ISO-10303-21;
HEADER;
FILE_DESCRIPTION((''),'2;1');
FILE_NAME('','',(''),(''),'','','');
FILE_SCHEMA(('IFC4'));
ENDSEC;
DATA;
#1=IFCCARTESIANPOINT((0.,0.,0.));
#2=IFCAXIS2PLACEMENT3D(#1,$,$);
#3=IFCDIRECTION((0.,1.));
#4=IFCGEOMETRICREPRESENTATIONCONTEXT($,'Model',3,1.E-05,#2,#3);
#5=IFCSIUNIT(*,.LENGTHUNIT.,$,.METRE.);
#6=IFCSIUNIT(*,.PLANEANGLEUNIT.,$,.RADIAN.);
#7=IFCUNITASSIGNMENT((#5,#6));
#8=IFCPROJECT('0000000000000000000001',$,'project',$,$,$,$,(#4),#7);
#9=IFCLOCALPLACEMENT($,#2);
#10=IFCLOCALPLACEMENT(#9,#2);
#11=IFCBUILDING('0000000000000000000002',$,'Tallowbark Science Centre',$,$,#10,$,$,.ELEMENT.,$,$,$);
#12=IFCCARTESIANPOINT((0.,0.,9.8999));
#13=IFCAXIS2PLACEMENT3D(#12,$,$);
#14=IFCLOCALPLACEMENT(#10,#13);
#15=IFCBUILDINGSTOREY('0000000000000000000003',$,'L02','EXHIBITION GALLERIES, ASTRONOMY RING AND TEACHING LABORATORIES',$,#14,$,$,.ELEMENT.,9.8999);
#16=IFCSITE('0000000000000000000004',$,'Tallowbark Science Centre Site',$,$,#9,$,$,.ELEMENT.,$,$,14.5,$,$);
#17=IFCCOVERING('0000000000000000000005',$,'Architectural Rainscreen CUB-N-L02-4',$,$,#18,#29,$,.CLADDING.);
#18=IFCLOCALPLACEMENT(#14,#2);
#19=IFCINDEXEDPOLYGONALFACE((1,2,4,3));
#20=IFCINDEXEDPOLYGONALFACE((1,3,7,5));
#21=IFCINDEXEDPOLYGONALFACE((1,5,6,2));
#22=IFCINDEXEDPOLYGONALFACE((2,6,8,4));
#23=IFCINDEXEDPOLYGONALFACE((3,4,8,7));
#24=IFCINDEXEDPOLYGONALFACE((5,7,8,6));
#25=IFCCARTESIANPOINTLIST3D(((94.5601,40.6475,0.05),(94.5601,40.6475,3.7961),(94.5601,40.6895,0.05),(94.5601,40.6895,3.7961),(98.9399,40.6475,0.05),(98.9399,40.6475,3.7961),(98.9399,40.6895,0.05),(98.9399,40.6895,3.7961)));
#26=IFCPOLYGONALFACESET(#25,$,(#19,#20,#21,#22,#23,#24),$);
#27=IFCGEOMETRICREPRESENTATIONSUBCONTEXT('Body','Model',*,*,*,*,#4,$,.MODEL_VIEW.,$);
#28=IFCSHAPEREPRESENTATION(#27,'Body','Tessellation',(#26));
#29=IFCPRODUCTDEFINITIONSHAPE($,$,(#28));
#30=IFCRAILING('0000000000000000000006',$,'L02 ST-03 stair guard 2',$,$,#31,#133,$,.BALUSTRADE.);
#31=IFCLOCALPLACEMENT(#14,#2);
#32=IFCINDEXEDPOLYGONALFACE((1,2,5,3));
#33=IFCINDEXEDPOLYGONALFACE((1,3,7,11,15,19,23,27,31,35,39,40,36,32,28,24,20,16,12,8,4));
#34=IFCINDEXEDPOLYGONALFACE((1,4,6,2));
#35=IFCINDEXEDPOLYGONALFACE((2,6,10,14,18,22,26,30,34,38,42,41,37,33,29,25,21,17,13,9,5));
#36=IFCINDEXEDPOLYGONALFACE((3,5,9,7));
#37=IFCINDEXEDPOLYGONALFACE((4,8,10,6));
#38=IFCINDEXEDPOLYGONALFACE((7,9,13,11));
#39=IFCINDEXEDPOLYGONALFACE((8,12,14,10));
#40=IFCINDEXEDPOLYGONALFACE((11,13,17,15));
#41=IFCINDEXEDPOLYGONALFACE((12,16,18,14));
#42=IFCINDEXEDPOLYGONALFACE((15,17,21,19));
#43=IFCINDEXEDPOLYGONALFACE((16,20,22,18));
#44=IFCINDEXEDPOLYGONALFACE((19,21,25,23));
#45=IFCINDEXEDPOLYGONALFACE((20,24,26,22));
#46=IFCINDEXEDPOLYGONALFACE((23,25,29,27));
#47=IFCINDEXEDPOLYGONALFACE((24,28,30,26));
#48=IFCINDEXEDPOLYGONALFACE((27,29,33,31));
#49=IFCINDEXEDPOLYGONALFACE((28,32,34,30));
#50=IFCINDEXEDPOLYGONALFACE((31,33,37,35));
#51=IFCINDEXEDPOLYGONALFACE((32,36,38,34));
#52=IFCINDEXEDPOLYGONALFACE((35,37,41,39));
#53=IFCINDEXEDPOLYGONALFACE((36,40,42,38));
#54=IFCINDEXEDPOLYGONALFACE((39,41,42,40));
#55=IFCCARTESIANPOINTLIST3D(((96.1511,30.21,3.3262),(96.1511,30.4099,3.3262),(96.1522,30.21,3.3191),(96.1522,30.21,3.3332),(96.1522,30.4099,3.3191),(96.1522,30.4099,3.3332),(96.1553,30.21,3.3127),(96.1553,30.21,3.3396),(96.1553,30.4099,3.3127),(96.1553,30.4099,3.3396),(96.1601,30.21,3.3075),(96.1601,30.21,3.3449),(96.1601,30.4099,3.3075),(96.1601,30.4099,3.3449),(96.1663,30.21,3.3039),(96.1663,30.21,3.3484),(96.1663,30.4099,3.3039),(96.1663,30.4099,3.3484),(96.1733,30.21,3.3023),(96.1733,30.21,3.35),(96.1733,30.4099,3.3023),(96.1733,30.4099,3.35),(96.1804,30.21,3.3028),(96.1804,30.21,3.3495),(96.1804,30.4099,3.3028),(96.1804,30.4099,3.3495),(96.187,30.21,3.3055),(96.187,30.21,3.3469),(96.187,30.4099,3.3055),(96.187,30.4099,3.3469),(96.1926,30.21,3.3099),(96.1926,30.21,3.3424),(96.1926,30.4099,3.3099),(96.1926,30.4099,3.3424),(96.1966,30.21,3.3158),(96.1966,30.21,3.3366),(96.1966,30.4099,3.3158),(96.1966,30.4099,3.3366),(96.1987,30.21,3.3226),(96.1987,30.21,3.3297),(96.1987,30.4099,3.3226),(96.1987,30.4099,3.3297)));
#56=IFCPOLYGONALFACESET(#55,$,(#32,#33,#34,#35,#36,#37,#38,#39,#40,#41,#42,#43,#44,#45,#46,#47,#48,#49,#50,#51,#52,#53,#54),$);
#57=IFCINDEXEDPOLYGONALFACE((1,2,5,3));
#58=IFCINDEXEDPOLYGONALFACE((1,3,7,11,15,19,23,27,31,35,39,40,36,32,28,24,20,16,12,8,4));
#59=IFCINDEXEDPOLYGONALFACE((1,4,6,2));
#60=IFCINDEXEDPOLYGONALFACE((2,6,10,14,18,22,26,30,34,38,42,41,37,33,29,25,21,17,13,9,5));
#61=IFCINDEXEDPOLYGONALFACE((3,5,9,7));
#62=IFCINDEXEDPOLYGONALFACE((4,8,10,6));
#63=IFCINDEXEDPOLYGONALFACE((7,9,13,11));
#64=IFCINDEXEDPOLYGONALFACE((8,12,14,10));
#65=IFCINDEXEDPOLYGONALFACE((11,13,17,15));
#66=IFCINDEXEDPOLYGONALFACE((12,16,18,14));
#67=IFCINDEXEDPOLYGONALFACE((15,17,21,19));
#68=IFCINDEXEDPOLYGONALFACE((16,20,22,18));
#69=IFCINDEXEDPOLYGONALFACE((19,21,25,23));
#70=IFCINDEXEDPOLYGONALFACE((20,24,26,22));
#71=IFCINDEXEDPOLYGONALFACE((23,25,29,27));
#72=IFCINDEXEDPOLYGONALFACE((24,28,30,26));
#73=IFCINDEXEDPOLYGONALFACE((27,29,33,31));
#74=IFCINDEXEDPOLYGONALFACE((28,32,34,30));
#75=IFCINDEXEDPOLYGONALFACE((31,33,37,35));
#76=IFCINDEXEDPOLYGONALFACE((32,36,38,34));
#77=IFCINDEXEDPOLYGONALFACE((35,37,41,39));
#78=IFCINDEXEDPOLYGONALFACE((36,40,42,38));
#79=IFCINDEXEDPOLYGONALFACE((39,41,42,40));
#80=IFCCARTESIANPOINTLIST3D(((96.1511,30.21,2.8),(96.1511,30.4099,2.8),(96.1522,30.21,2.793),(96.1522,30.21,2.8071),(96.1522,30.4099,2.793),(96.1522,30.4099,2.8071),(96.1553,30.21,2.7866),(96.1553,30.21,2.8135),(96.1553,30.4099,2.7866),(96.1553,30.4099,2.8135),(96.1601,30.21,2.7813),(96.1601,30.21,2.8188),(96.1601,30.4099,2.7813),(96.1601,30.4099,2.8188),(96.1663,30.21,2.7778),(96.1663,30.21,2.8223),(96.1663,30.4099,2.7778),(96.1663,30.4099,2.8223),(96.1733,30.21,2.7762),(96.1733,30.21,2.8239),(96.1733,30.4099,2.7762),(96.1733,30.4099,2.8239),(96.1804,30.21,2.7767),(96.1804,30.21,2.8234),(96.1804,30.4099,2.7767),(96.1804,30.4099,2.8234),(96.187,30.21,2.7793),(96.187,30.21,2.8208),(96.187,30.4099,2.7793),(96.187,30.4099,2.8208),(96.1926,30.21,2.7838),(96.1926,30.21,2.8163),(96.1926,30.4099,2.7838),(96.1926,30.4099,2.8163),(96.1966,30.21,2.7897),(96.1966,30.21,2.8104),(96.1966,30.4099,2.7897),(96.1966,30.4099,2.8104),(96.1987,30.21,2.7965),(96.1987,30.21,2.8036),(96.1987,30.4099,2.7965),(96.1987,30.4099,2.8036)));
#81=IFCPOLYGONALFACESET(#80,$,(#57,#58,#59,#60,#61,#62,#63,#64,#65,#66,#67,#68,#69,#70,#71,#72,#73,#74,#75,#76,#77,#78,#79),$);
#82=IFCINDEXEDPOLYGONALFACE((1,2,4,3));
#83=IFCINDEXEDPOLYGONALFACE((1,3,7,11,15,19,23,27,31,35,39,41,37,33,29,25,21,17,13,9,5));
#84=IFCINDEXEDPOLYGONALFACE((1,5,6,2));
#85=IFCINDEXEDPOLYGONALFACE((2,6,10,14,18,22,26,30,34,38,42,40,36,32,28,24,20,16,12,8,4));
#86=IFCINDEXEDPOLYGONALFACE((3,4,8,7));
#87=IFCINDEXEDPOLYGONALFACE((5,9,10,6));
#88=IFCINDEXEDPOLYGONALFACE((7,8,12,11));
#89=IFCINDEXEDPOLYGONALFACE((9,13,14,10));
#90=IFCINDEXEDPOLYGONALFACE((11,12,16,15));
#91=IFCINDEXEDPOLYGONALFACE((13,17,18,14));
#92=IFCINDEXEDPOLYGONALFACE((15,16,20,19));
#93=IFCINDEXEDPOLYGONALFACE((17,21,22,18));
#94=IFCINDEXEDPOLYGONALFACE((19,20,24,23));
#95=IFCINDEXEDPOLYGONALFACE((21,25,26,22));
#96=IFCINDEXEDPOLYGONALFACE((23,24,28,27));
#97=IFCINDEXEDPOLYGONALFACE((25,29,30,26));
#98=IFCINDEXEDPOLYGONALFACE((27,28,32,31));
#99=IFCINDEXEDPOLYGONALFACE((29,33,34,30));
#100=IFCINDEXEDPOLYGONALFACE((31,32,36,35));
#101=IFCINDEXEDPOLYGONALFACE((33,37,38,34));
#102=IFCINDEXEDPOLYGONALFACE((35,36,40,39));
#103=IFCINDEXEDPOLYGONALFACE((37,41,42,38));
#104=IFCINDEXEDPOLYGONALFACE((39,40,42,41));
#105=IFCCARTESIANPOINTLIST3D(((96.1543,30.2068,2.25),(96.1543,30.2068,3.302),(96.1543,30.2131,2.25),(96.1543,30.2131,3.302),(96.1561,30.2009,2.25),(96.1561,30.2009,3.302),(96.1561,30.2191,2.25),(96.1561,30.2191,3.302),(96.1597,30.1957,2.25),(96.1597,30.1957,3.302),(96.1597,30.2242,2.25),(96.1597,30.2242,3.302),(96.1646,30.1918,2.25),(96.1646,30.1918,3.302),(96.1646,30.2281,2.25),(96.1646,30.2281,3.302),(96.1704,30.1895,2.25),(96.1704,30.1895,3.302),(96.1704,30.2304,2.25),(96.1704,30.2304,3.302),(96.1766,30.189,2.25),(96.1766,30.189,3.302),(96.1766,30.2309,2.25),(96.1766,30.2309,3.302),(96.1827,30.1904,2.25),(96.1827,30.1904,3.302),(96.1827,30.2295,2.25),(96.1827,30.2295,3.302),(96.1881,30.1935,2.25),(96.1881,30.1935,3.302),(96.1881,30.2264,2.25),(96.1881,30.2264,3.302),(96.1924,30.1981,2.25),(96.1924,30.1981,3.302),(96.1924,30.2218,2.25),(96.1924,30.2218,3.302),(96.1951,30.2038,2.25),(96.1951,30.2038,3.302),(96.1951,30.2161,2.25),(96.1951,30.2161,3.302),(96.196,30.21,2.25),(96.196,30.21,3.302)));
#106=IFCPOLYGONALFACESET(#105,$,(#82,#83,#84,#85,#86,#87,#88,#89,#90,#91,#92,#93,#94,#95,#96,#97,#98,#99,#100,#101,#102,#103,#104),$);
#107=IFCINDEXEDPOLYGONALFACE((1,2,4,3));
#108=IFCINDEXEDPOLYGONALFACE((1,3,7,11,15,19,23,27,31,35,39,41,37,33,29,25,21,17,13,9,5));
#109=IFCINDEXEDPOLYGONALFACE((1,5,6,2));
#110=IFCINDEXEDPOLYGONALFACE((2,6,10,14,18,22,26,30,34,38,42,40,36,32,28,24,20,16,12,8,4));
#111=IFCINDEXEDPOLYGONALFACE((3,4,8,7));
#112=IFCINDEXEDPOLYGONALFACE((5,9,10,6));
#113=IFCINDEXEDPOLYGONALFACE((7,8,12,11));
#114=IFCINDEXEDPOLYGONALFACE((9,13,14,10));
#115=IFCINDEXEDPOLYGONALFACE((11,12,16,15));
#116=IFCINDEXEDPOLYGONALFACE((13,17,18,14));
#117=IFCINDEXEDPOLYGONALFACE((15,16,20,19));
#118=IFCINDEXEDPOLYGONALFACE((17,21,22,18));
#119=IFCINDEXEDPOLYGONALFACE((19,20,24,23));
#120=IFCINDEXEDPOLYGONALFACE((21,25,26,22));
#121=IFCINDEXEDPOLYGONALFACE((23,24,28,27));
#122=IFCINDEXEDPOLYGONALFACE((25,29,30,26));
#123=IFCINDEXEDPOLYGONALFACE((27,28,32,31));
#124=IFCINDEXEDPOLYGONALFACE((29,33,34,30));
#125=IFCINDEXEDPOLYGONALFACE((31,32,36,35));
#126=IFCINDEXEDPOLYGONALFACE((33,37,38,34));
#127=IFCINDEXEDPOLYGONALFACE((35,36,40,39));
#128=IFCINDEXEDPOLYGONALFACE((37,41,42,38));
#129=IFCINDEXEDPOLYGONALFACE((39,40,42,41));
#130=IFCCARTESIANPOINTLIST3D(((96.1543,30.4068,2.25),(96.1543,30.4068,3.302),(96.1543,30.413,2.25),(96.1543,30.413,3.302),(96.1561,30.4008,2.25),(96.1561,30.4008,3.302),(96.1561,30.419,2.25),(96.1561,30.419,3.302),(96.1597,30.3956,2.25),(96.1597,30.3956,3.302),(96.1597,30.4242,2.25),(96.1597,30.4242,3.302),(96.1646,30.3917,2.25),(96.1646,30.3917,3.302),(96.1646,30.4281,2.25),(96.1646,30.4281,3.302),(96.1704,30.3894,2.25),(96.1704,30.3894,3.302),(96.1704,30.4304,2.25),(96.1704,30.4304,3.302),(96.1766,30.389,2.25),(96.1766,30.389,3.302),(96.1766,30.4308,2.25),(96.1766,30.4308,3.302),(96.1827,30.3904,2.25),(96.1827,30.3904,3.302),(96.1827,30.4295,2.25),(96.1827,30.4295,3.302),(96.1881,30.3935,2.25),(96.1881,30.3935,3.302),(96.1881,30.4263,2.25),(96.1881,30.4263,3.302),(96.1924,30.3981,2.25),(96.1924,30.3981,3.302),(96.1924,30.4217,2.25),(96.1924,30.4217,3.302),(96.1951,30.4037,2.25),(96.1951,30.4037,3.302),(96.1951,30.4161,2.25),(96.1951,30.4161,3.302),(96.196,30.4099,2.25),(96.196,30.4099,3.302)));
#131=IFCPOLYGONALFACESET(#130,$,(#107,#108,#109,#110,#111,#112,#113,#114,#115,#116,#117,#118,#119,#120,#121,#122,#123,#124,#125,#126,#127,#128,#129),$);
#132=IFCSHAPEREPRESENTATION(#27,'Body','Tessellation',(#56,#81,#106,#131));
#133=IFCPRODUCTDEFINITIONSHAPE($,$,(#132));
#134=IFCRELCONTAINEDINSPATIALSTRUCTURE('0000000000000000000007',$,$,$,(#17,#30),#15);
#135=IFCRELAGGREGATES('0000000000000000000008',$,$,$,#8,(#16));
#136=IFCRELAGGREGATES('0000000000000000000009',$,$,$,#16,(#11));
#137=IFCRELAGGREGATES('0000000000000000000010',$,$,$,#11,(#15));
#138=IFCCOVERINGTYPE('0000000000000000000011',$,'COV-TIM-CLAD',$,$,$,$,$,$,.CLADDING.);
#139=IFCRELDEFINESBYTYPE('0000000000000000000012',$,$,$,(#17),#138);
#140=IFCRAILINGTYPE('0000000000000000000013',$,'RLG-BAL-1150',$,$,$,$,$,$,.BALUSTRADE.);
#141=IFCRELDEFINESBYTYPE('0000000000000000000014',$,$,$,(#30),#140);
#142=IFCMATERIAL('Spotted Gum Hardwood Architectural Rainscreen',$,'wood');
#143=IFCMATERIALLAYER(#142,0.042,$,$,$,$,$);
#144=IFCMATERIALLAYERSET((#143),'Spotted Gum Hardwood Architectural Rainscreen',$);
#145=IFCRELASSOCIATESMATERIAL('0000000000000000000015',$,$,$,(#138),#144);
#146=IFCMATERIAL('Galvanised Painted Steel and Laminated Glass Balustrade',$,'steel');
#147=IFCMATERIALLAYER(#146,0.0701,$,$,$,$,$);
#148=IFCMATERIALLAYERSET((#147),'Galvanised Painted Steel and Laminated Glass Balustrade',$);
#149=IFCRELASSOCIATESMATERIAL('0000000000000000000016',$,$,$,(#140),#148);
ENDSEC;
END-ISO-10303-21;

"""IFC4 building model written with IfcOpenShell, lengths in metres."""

from ifc_helpers import new_model, si_unit, direction, frame, origin, origin_2d, place, context, subcontext, project, spatial, rectangle, circle, extrude, material, layer, layer_set, type_object, element, save


model = new_model("IFC4")

# Units and contexts
model_context = context("Model", 3, precision=1e-05, world=origin(), true_north=direction((0.0, 1.0)))
body_context = subcontext(model_context, "Body", "Model", "MODEL_VIEW")
ifc_project = project(units=[si_unit("LENGTHUNIT", "METRE"), si_unit("PLANEANGLEUNIT", "RADIAN")], contexts=[model_context])

# Site, building, storey
site_placement = place(None, origin())
site = spatial("IfcSite", under=ifc_project, at=site_placement, Name="Tallowbark Science Centre Site", CompositionType="ELEMENT", RefElevation=14.5)
building_placement = place(site_placement, origin())
building = spatial("IfcBuilding", under=site, at=building_placement, Name="Tallowbark Science Centre", CompositionType="ELEMENT")
storey_placement = place(building_placement, frame((0.0, 0.0, 9.8999)))
storey = spatial("IfcBuildingStorey", under=building, at=storey_placement, Name="L02", Description="EXHIBITION GALLERIES, ASTRONOMY RING AND TEACHING LABORATORIES", CompositionType="ELEMENT", Elevation=9.8999)

# Covering
ifc_material_1 = material(Name="Spotted Gum Hardwood Architectural Rainscreen", Category="wood")
ifc_layer_1 = layer(ifc_material_1, 0.042)
ifc_layer_set_1 = layer_set([ifc_layer_1], Name="Spotted Gum Hardwood Architectural Rainscreen")
covering_type_1 = type_object("IfcCoveringType", Name="COV-TIM-CLAD", PredefinedType="CLADDING", material=ifc_layer_set_1)
covering_1_placement = place(storey_placement, frame((96.75, 40.6685, 0.05), z_axis=(0.0, 0.0, 1.0), x_axis=(-1.0, 0.0, 0.0)))
element("IfcCovering", 1, at=covering_1_placement, inside=storey, type_object=covering_type_1, Name="Architectural Rainscreen CUB-N-L02-4", PredefinedType="CLADDING", context=body_context, shape_type="SweptSolid", body=[
    extrude(rectangle(XDim=4.3799, YDim=0.042, at=origin_2d()), origin(), (0.0, 0.0, 1.0), 3.7461),
])

# Railing
ifc_material_2 = material(Name="Galvanised Painted Steel and Laminated Glass Balustrade", Category="steel")
ifc_layer_2 = layer(ifc_material_2, 0.0701)
ifc_layer_set_2 = layer_set([ifc_layer_2], Name="Galvanised Painted Steel and Laminated Glass Balustrade")
railing_type_1 = type_object("IfcRailingType", Name="RLG-BAL-1150", PredefinedType="BALUSTRADE", material=ifc_layer_set_2)
railing_1_placement = place(storey_placement, frame((96.175, 30.21, 2.25)))
element("IfcRailing", 2, at=railing_1_placement, inside=storey, type_object=railing_type_1, Name="L02 ST-03 stair guard 2", PredefinedType="BALUSTRADE", context=body_context, shape_type="SweptSolid", body=[
    extrude(circle(Radius=0.0239, at=origin_2d()), frame((0.0, 0.0, 1.0762), z_axis=(0.0, 1.0, 0.0), x_axis=(-1.0, 0.0, 0.0)), (0.0, 0.0, 1.0), 0.2),
    extrude(circle(Radius=0.0239, at=origin_2d()), frame((0.0, 0.0, 0.55), z_axis=(0.0, 1.0, 0.0), x_axis=(-1.0, 0.0, 0.0)), (0.0, 0.0, 1.0), 0.2),
    extrude(circle(Radius=0.021, at=origin_2d()), origin(), (0.0, 0.0, 1.0), 1.052),
    extrude(circle(Radius=0.021, at=origin_2d()), frame((0.0, 0.2, 0.0)), (0.0, 0.0, 1.0), 1.052),
])

save(model, "model.ifc")
